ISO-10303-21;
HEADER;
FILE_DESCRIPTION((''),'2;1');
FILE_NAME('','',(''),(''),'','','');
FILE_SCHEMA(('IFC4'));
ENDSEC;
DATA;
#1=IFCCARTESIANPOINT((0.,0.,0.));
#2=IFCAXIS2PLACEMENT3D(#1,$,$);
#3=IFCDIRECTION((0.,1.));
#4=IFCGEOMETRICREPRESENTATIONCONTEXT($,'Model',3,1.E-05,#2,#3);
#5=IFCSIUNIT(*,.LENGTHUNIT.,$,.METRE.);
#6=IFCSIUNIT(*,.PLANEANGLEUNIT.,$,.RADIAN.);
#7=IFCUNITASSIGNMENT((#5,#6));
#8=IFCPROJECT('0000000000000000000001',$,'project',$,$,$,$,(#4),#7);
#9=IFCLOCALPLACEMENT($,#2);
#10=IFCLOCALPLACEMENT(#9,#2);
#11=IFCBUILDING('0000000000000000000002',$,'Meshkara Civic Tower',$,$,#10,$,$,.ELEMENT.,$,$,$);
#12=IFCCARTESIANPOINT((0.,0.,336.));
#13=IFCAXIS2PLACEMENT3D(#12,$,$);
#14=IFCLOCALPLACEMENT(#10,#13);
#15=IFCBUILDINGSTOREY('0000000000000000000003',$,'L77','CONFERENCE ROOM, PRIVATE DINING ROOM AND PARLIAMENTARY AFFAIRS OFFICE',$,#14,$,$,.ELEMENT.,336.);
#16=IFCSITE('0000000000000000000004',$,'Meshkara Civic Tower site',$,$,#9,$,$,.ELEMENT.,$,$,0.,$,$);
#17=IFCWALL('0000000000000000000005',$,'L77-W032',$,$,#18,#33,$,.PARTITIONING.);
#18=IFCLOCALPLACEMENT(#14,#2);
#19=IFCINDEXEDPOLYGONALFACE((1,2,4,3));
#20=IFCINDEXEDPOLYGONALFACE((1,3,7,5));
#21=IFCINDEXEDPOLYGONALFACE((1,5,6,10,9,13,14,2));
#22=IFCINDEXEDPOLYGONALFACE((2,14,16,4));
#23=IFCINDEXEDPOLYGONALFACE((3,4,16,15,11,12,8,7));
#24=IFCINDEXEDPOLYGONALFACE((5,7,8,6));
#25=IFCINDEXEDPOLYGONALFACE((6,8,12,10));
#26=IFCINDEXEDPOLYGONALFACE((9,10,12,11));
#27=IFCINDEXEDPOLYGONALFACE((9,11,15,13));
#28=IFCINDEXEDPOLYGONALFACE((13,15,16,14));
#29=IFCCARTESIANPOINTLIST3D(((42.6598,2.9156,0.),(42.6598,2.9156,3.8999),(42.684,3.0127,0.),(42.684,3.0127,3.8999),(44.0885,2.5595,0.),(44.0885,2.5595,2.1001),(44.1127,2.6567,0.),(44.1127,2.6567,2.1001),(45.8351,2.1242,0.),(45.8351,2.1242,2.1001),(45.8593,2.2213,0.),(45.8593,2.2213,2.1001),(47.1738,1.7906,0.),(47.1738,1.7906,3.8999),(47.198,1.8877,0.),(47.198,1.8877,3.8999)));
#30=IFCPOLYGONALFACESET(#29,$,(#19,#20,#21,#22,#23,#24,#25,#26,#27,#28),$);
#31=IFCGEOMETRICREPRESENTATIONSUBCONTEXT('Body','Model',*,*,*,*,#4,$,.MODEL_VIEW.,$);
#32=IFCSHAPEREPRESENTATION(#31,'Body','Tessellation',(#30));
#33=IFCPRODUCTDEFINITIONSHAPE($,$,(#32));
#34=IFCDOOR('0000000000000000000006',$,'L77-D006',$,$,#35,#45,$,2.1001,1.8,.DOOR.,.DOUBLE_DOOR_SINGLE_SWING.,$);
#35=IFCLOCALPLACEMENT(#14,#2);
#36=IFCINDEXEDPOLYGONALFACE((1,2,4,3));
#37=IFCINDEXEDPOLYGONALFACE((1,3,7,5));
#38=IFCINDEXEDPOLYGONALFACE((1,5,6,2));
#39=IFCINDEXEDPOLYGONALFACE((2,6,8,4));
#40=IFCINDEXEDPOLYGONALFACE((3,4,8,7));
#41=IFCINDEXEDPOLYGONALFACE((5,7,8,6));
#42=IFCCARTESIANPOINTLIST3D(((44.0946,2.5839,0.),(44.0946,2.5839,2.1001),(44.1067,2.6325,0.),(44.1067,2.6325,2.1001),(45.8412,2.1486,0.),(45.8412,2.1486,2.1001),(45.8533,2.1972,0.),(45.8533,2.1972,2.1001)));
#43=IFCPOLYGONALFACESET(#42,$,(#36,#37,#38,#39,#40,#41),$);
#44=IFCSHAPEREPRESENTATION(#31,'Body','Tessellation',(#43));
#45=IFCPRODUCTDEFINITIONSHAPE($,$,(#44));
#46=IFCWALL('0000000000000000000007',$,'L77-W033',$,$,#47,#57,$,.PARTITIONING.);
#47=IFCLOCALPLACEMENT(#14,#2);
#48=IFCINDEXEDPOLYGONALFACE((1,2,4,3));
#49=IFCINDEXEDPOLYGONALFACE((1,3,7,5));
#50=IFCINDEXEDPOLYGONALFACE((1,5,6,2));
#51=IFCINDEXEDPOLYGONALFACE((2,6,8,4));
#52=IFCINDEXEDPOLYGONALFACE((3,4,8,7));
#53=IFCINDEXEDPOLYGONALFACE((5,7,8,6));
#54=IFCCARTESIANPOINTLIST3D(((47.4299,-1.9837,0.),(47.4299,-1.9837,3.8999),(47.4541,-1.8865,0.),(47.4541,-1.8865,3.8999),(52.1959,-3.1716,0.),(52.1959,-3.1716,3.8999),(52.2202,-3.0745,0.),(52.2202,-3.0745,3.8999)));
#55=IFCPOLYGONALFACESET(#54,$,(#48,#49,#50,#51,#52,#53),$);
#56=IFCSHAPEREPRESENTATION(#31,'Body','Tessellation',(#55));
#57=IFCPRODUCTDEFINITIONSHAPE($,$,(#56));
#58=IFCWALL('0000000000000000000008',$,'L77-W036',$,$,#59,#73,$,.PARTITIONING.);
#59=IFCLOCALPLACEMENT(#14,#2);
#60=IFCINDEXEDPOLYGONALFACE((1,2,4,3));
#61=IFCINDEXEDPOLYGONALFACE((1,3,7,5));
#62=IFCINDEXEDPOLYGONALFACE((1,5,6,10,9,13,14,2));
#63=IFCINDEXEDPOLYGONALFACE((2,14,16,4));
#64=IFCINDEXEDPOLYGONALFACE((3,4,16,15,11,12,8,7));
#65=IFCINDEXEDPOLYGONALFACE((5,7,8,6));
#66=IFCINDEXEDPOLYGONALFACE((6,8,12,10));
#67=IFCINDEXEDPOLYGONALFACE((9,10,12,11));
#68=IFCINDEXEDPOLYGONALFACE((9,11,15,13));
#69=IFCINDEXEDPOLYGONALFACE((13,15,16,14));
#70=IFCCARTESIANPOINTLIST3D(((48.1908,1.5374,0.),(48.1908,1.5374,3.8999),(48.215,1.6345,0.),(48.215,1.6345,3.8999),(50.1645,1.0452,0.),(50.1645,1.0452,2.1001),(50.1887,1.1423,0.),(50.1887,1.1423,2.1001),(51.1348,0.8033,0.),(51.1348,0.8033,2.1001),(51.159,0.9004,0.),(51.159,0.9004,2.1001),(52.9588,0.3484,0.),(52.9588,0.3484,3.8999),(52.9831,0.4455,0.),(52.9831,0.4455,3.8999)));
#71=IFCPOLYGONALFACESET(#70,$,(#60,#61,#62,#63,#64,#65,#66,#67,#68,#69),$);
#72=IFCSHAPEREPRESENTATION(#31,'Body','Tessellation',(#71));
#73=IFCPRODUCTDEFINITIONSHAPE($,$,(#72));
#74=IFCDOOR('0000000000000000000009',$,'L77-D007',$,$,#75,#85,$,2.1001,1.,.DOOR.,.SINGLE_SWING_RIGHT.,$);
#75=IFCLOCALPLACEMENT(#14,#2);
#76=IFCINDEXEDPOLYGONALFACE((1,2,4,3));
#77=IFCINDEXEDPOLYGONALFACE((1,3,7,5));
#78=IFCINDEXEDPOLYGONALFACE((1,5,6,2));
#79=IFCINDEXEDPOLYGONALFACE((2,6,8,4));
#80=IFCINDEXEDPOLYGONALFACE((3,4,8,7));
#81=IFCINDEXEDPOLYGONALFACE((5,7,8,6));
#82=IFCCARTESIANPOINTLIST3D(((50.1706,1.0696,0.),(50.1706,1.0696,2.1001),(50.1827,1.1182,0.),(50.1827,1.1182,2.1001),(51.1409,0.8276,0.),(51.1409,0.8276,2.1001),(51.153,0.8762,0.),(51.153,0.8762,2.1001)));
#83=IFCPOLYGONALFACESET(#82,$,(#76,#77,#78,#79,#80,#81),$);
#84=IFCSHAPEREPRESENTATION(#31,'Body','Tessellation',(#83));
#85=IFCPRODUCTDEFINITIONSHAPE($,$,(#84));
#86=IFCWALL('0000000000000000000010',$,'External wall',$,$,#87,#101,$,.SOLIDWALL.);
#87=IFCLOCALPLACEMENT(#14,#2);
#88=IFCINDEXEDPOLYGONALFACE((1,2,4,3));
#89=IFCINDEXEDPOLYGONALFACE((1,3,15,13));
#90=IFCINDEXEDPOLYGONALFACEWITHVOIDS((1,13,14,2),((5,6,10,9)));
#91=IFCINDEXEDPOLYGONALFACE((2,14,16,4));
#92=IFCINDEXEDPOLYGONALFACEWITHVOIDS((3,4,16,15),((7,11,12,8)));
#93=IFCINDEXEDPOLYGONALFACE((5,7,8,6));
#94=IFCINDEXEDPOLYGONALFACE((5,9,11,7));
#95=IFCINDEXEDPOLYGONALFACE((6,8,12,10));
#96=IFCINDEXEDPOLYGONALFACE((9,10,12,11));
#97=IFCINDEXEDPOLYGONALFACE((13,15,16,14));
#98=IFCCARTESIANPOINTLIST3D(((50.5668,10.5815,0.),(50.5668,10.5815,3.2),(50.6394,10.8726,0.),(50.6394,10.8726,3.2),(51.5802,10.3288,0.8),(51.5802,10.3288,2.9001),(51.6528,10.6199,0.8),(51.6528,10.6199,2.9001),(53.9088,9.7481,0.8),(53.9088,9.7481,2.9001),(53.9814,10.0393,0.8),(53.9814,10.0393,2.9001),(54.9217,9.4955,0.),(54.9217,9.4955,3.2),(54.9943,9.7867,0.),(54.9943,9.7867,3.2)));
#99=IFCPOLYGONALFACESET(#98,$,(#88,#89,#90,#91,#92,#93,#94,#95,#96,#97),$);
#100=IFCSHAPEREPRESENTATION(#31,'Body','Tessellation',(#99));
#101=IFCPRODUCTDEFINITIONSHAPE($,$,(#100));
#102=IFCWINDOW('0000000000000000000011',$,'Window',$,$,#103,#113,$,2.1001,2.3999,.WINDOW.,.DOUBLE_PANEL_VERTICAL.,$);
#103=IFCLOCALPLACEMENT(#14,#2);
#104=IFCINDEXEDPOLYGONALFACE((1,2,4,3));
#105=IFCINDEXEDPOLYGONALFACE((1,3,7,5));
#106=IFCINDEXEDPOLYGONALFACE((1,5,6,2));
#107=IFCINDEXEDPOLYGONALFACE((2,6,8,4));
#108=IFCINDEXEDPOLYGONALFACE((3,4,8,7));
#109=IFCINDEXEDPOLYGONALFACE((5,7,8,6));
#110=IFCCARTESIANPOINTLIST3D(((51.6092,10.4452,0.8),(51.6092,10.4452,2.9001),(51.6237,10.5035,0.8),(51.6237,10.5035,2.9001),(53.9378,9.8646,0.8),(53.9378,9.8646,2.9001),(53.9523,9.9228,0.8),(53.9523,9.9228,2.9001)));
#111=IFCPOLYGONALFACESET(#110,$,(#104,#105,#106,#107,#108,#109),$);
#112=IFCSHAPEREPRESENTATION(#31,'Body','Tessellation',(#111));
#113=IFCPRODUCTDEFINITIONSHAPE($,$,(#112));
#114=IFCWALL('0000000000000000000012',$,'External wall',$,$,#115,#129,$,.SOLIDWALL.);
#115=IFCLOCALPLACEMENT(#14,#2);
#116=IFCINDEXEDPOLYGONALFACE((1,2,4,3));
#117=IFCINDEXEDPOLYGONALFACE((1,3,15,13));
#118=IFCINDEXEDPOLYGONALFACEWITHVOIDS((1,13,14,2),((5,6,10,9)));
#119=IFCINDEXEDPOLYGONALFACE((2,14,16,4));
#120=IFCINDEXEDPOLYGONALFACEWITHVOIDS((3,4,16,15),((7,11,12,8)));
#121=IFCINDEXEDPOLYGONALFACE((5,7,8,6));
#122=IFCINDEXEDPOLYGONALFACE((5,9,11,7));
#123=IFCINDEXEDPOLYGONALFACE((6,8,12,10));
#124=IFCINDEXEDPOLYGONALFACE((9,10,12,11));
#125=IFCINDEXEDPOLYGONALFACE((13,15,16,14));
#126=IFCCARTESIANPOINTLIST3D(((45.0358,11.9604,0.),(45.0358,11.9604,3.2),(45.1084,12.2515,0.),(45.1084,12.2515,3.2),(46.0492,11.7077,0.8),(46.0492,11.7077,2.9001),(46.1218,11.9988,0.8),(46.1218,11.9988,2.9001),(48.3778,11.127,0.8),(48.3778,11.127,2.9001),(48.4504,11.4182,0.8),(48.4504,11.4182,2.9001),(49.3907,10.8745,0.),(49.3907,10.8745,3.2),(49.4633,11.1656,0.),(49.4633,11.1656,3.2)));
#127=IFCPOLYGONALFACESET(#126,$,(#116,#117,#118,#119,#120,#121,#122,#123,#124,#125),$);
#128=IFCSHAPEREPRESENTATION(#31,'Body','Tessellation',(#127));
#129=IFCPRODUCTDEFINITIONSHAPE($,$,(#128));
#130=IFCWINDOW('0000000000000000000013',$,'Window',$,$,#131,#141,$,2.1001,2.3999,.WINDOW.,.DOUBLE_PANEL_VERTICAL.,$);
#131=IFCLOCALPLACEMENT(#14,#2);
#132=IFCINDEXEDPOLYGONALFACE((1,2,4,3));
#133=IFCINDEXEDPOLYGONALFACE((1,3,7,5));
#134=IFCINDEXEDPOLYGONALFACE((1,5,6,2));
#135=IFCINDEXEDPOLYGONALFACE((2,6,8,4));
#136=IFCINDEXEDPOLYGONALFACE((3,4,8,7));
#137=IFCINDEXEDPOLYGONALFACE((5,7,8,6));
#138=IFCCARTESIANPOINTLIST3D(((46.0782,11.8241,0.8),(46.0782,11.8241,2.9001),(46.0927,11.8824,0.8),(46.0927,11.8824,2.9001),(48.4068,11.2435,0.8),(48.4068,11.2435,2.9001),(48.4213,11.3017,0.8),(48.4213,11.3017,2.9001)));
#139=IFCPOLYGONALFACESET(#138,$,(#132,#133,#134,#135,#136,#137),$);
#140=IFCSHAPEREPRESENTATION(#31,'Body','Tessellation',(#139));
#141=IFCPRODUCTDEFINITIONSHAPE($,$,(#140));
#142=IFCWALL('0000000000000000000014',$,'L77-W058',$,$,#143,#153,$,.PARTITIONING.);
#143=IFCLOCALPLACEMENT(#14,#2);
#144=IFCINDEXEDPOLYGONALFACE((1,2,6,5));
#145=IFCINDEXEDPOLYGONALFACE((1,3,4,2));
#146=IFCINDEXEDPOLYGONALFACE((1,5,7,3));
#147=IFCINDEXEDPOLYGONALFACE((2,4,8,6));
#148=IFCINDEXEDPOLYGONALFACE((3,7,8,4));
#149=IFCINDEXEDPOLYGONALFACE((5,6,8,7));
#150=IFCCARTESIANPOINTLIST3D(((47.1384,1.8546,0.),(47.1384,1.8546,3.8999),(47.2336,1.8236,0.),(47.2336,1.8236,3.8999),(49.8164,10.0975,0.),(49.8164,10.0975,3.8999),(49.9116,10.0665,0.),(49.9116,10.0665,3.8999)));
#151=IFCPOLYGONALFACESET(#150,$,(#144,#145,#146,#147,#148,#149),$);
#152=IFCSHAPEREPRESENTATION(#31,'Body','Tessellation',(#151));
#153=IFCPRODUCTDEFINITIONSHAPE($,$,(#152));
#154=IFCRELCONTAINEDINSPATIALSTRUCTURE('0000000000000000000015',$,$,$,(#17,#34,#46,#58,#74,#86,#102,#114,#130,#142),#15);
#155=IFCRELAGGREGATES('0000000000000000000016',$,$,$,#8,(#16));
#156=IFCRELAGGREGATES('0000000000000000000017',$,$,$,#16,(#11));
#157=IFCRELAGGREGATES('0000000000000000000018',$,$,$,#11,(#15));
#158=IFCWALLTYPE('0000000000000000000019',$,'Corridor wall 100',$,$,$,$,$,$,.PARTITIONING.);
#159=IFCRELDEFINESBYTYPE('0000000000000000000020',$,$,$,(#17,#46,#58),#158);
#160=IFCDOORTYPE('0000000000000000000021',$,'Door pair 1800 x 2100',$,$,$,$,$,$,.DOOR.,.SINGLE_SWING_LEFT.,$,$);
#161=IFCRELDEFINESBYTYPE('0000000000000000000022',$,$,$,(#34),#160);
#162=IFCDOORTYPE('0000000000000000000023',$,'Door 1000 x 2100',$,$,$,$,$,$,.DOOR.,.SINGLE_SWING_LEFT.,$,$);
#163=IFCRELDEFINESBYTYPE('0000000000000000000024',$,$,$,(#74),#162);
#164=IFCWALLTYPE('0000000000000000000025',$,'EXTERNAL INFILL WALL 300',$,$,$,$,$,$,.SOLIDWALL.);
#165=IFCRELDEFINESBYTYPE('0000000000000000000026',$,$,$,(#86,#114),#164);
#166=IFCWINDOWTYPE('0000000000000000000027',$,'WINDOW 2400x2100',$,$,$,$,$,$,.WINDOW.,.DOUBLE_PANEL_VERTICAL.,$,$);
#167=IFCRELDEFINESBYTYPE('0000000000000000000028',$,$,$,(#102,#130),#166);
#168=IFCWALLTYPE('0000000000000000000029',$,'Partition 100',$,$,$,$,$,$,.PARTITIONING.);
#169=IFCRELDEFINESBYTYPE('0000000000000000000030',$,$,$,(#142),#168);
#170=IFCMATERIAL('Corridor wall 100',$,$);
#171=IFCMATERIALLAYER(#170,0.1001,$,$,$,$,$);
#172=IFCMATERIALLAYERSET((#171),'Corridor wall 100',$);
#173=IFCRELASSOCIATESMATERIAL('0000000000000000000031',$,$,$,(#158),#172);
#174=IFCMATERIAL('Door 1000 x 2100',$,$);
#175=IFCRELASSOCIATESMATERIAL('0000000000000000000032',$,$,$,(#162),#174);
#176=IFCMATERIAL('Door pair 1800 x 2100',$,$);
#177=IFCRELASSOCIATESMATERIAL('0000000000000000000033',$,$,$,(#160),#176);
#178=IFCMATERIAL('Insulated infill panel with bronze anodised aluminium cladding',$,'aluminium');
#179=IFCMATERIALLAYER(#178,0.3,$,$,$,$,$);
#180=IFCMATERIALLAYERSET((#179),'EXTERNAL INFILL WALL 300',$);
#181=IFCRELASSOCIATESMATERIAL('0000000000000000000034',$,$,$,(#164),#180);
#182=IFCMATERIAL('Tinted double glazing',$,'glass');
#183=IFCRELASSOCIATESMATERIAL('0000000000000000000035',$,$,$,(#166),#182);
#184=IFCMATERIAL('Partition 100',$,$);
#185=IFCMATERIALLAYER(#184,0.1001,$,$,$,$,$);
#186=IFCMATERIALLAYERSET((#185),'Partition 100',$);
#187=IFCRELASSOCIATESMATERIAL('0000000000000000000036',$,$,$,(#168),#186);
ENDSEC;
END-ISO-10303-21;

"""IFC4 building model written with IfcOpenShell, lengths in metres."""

from ifc_helpers import new_model, si_unit, direction, frame, frame_2d, origin, place, context, subcontext, project, spatial, rectangle, extrude, material, layer, layer_set, type_object, element, fill, save


model = new_model("IFC4")

# Units and contexts
model_context = context("Model", 3, precision=1e-05, world=origin(), true_north=direction((0.0, 1.0)))
body_context = subcontext(model_context, "Body", "Model", "MODEL_VIEW")
ifc_project = project(units=[si_unit("LENGTHUNIT", "METRE"), si_unit("PLANEANGLEUNIT", "RADIAN")], contexts=[model_context])

# Site, building, storey
site_placement = place(None, origin())
site = spatial("IfcSite", under=ifc_project, at=site_placement, Name="Meshkara Civic Tower site", CompositionType="ELEMENT", RefElevation=0.0)
building_placement = place(site_placement, origin())
building = spatial("IfcBuilding", under=site, at=building_placement, Name="Meshkara Civic Tower", CompositionType="ELEMENT")
storey_placement = place(building_placement, frame((0.0, 0.0, 336.0)))
storey = spatial("IfcBuildingStorey", under=building, at=storey_placement, Name="L77", Description="CONFERENCE ROOM, PRIVATE DINING ROOM AND PARLIAMENTARY AFFAIRS OFFICE", CompositionType="ELEMENT", Elevation=336.0)

# Shared definitions
ifc_material_1 = material(Name="Corridor wall 100")
ifc_layer_1 = layer(ifc_material_1, 0.1001)
ifc_layer_set_1 = layer_set([ifc_layer_1], Name="Corridor wall 100")
wall_type_1 = type_object("IfcWallType", Name="Corridor wall 100", PredefinedType="PARTITIONING", material=ifc_layer_set_1)
ifc_material_2 = material(Name="Door 1000 x 2100")
door_type_1 = type_object("IfcDoorType", Name="Door 1000 x 2100", OperationType="SINGLE_SWING_LEFT", PredefinedType="DOOR", material=ifc_material_2)

# Wall, opening, door
wall_1_placement = place(storey_placement, frame((47.186, 1.8391, 0.0), z_axis=(0.0, 0.0, 1.0), x_axis=(-0.970318, 0.241832, 0.0)))
wall_1 = element("IfcWall", 1, at=wall_1_placement, inside=storey, type_object=wall_type_1, Name="L77-W032", PredefinedType="PARTITIONING", context=body_context, shape_type="SweptSolid", body=[
    extrude(rectangle(XDim=4.6521, YDim=0.1001, at=frame_2d((2.3262, 0.0))), origin(), (0.0, 0.0, 1.0), 3.8999),
])
opening_1_placement = place(wall_1_placement, frame((1.3799, 0.0, 0.0)))
opening_1 = element("IfcOpeningElement", 2, at=opening_1_placement, cuts=wall_1, PredefinedType="OPENING", context=body_context, shape_type="SweptSolid", body=[
    extrude(rectangle(XDim=1.8, YDim=2.1001, at=frame_2d((0.8999, 1.05))), frame((0.0, 0.0601, 0.0), z_axis=(0.0, -1.0, 0.0), x_axis=(1.0, 0.0, 0.0)), (0.0, 0.0, 1.0), 0.1201),
])
ifc_material_3 = material(Name="Door pair 1800 x 2100")
door_type_2 = type_object("IfcDoorType", Name="Door pair 1800 x 2100", OperationType="SINGLE_SWING_LEFT", PredefinedType="DOOR", material=ifc_material_3)
door_1_placement = place(opening_1_placement, origin())
door_1 = element("IfcDoor", 3, at=door_1_placement, inside=storey, type_object=door_type_2, Name="L77-D006", OperationType="DOUBLE_DOOR_SINGLE_SWING", OverallHeight=2.1001, OverallWidth=1.8, PredefinedType="DOOR", context=body_context, shape_type="SweptSolid", body=[
    extrude(rectangle(XDim=1.8, YDim=2.1001, at=frame_2d((0.8999, 1.05))), frame((0.0, 0.0249, 0.0), z_axis=(0.0, -1.0, 0.0), x_axis=(1.0, 0.0, 0.0)), (0.0, 0.0, 1.0), 0.05),
])
fill(opening_1, door_1)

# Wall
wall_2_placement = place(storey_placement, frame((47.4419, -1.9351, 0.0), z_axis=(0.0, 0.0, 1.0), x_axis=(0.970312, -0.241857, 0.0)))
element("IfcWall", 4, at=wall_2_placement, inside=storey, type_object=wall_type_1, Name="L77-W033", PredefinedType="PARTITIONING", context=body_context, shape_type="SweptSolid", body=[
    extrude(rectangle(XDim=4.9119, YDim=0.1001, at=frame_2d((2.4561, 0.0))), origin(), (0.0, 0.0, 1.0), 3.8999),
])

# Wall, opening, door
wall_3_placement = place(storey_placement, frame((52.9709, 0.397, 0.0), z_axis=(0.0, 0.0, 1.0), x_axis=(-0.970288, 0.241951, 0.0)))
wall_3 = element("IfcWall", 5, at=wall_3_placement, inside=storey, type_object=wall_type_1, Name="L77-W036", PredefinedType="PARTITIONING", context=body_context, shape_type="SweptSolid", body=[
    extrude(rectangle(XDim=4.9141, YDim=0.1001, at=frame_2d((2.457, 0.0))), origin(), (0.0, 0.0, 1.0), 3.8999),
])
opening_2_placement = place(wall_3_placement, frame((1.8799, 0.0, 0.0)))
opening_2 = element("IfcOpeningElement", 6, at=opening_2_placement, cuts=wall_3, PredefinedType="OPENING", context=body_context, shape_type="SweptSolid", body=[
    extrude(rectangle(XDim=1.0, YDim=2.1001, at=frame_2d((0.5, 1.05))), frame((0.0, 0.0601, 0.0), z_axis=(0.0, -1.0, 0.0), x_axis=(1.0, 0.0, 0.0)), (0.0, 0.0, 1.0), 0.1201),
])
door_2_placement = place(opening_2_placement, origin())
door_2 = element("IfcDoor", 7, at=door_2_placement, inside=storey, type_object=door_type_1, Name="L77-D007", OperationType="SINGLE_SWING_RIGHT", OverallHeight=2.1001, OverallWidth=1.0, PredefinedType="DOOR", context=body_context, shape_type="SweptSolid", body=[
    extrude(rectangle(XDim=1.0, YDim=2.1001, at=frame_2d((0.5, 1.05))), frame((0.0, 0.0249, 0.0), z_axis=(0.0, -1.0, 0.0), x_axis=(1.0, 0.0, 0.0)), (0.0, 0.0, 1.0), 0.05),
])
fill(opening_2, door_2)

# Walls, openings, windows
ifc_material_4 = material(Name="Insulated infill panel with bronze anodised aluminium cladding", Category="aluminium")
ifc_layer_2 = layer(ifc_material_4, 0.3)
ifc_layer_set_2 = layer_set([ifc_layer_2], Name="EXTERNAL INFILL WALL 300")
wall_type_2 = type_object("IfcWallType", Name="EXTERNAL INFILL WALL 300", PredefinedType="SOLIDWALL", material=ifc_layer_set_2)
wall_4_placement = place(storey_placement, frame((54.958, 9.6411, 0.0), z_axis=(0.0, 0.0, 1.0), x_axis=(-0.97029, 0.241947, 0.0)))
wall_4 = element("IfcWall", 8, at=wall_4_placement, inside=storey, type_object=wall_type_2, Name="External wall", PredefinedType="SOLIDWALL", context=body_context, shape_type="SweptSolid", body=[
    extrude(rectangle(XDim=4.4883, YDim=0.3, at=frame_2d((2.2441, 0.0))), origin(), (0.0, 0.0, 1.0), 3.2),
])
opening_3_placement = place(wall_4_placement, frame((1.0439, 0.0, 0.8)))
opening_3 = element("IfcOpeningElement", 9, at=opening_3_placement, cuts=wall_4, PredefinedType="OPENING", context=body_context, shape_type="SweptSolid", body=[
    extrude(rectangle(XDim=2.3999, YDim=2.1001, at=frame_2d((1.2, 1.05))), frame((0.0, 0.1599, 0.0), z_axis=(0.0, -1.0, 0.0), x_axis=(1.0, 0.0, 0.0)), (0.0, 0.0, 1.0), 0.3201),
])
ifc_material_5 = material(Name="Tinted double glazing", Category="glass")
window_type = type_object("IfcWindowType", Name="WINDOW 2400x2100", PartitioningType="DOUBLE_PANEL_VERTICAL", PredefinedType="WINDOW", material=ifc_material_5)
window_1_placement = place(opening_3_placement, origin())
window_1 = element("IfcWindow", 10, at=window_1_placement, inside=storey, type_object=window_type, Name="Window", OverallHeight=2.1001, OverallWidth=2.3999, PartitioningType="DOUBLE_PANEL_VERTICAL", PredefinedType="WINDOW", context=body_context, shape_type="SweptSolid", body=[
    extrude(rectangle(XDim=2.3999, YDim=2.1001, at=frame_2d((1.2, 1.05))), frame((0.0, 0.03, 0.0), z_axis=(0.0, -1.0, 0.0), x_axis=(1.0, 0.0, 0.0)), (0.0, 0.0, 1.0), 0.0601),
])
fill(opening_3, window_1)
wall_5_placement = place(storey_placement, frame((49.427, 11.02, 0.0), z_axis=(0.0, 0.0, 1.0), x_axis=(-0.97029, 0.241947, 0.0)))
wall_5 = element("IfcWall", 11, at=wall_5_placement, inside=storey, type_object=wall_type_2, Name="External wall", PredefinedType="SOLIDWALL", context=body_context, shape_type="SweptSolid", body=[
    extrude(rectangle(XDim=4.4883, YDim=0.3, at=frame_2d((2.2441, 0.0))), origin(), (0.0, 0.0, 1.0), 3.2),
])
opening_4_placement = place(wall_5_placement, frame((1.0439, 0.0, 0.8)))
opening_4 = element("IfcOpeningElement", 12, at=opening_4_placement, cuts=wall_5, PredefinedType="OPENING", context=body_context, shape_type="SweptSolid", body=[
    extrude(rectangle(XDim=2.3999, YDim=2.1001, at=frame_2d((1.2, 1.05))), frame((0.0, 0.1599, 0.0), z_axis=(0.0, -1.0, 0.0), x_axis=(1.0, 0.0, 0.0)), (0.0, 0.0, 1.0), 0.3201),
])
window_2_placement = place(opening_4_placement, origin())
window_2 = element("IfcWindow", 13, at=window_2_placement, inside=storey, type_object=window_type, Name="Window", OverallHeight=2.1001, OverallWidth=2.3999, PartitioningType="DOUBLE_PANEL_VERTICAL", PredefinedType="WINDOW", context=body_context, shape_type="SweptSolid", body=[
    extrude(rectangle(XDim=2.3999, YDim=2.1001, at=frame_2d((1.2, 1.05))), frame((0.0, 0.03, 0.0), z_axis=(0.0, -1.0, 0.0), x_axis=(1.0, 0.0, 0.0)), (0.0, 0.0, 1.0), 0.0601),
])
fill(opening_4, window_2)

# Wall
ifc_material_6 = material(Name="Partition 100")
ifc_layer_3 = layer(ifc_material_6, 0.1001)
ifc_layer_set_3 = layer_set([ifc_layer_3], Name="Partition 100")
wall_type_3 = type_object("IfcWallType", Name="Partition 100", PredefinedType="PARTITIONING", material=ifc_layer_set_3)
wall_6_placement = place(storey_placement, frame((47.186, 1.8391, 0.0), z_axis=(0.0, 0.0, 1.0), x_axis=(0.308985, 0.951067, 0.0)))
element("IfcWall", 14, at=wall_6_placement, inside=storey, type_object=wall_type_3, Name="L77-W058", PredefinedType="PARTITIONING", context=body_context, shape_type="SweptSolid", body=[
    extrude(rectangle(XDim=8.667, YDim=0.1001, at=frame_2d((4.3335, 0.0))), origin(), (0.0, 0.0, 1.0), 3.8999),
])

save(model, "model.ifc")
